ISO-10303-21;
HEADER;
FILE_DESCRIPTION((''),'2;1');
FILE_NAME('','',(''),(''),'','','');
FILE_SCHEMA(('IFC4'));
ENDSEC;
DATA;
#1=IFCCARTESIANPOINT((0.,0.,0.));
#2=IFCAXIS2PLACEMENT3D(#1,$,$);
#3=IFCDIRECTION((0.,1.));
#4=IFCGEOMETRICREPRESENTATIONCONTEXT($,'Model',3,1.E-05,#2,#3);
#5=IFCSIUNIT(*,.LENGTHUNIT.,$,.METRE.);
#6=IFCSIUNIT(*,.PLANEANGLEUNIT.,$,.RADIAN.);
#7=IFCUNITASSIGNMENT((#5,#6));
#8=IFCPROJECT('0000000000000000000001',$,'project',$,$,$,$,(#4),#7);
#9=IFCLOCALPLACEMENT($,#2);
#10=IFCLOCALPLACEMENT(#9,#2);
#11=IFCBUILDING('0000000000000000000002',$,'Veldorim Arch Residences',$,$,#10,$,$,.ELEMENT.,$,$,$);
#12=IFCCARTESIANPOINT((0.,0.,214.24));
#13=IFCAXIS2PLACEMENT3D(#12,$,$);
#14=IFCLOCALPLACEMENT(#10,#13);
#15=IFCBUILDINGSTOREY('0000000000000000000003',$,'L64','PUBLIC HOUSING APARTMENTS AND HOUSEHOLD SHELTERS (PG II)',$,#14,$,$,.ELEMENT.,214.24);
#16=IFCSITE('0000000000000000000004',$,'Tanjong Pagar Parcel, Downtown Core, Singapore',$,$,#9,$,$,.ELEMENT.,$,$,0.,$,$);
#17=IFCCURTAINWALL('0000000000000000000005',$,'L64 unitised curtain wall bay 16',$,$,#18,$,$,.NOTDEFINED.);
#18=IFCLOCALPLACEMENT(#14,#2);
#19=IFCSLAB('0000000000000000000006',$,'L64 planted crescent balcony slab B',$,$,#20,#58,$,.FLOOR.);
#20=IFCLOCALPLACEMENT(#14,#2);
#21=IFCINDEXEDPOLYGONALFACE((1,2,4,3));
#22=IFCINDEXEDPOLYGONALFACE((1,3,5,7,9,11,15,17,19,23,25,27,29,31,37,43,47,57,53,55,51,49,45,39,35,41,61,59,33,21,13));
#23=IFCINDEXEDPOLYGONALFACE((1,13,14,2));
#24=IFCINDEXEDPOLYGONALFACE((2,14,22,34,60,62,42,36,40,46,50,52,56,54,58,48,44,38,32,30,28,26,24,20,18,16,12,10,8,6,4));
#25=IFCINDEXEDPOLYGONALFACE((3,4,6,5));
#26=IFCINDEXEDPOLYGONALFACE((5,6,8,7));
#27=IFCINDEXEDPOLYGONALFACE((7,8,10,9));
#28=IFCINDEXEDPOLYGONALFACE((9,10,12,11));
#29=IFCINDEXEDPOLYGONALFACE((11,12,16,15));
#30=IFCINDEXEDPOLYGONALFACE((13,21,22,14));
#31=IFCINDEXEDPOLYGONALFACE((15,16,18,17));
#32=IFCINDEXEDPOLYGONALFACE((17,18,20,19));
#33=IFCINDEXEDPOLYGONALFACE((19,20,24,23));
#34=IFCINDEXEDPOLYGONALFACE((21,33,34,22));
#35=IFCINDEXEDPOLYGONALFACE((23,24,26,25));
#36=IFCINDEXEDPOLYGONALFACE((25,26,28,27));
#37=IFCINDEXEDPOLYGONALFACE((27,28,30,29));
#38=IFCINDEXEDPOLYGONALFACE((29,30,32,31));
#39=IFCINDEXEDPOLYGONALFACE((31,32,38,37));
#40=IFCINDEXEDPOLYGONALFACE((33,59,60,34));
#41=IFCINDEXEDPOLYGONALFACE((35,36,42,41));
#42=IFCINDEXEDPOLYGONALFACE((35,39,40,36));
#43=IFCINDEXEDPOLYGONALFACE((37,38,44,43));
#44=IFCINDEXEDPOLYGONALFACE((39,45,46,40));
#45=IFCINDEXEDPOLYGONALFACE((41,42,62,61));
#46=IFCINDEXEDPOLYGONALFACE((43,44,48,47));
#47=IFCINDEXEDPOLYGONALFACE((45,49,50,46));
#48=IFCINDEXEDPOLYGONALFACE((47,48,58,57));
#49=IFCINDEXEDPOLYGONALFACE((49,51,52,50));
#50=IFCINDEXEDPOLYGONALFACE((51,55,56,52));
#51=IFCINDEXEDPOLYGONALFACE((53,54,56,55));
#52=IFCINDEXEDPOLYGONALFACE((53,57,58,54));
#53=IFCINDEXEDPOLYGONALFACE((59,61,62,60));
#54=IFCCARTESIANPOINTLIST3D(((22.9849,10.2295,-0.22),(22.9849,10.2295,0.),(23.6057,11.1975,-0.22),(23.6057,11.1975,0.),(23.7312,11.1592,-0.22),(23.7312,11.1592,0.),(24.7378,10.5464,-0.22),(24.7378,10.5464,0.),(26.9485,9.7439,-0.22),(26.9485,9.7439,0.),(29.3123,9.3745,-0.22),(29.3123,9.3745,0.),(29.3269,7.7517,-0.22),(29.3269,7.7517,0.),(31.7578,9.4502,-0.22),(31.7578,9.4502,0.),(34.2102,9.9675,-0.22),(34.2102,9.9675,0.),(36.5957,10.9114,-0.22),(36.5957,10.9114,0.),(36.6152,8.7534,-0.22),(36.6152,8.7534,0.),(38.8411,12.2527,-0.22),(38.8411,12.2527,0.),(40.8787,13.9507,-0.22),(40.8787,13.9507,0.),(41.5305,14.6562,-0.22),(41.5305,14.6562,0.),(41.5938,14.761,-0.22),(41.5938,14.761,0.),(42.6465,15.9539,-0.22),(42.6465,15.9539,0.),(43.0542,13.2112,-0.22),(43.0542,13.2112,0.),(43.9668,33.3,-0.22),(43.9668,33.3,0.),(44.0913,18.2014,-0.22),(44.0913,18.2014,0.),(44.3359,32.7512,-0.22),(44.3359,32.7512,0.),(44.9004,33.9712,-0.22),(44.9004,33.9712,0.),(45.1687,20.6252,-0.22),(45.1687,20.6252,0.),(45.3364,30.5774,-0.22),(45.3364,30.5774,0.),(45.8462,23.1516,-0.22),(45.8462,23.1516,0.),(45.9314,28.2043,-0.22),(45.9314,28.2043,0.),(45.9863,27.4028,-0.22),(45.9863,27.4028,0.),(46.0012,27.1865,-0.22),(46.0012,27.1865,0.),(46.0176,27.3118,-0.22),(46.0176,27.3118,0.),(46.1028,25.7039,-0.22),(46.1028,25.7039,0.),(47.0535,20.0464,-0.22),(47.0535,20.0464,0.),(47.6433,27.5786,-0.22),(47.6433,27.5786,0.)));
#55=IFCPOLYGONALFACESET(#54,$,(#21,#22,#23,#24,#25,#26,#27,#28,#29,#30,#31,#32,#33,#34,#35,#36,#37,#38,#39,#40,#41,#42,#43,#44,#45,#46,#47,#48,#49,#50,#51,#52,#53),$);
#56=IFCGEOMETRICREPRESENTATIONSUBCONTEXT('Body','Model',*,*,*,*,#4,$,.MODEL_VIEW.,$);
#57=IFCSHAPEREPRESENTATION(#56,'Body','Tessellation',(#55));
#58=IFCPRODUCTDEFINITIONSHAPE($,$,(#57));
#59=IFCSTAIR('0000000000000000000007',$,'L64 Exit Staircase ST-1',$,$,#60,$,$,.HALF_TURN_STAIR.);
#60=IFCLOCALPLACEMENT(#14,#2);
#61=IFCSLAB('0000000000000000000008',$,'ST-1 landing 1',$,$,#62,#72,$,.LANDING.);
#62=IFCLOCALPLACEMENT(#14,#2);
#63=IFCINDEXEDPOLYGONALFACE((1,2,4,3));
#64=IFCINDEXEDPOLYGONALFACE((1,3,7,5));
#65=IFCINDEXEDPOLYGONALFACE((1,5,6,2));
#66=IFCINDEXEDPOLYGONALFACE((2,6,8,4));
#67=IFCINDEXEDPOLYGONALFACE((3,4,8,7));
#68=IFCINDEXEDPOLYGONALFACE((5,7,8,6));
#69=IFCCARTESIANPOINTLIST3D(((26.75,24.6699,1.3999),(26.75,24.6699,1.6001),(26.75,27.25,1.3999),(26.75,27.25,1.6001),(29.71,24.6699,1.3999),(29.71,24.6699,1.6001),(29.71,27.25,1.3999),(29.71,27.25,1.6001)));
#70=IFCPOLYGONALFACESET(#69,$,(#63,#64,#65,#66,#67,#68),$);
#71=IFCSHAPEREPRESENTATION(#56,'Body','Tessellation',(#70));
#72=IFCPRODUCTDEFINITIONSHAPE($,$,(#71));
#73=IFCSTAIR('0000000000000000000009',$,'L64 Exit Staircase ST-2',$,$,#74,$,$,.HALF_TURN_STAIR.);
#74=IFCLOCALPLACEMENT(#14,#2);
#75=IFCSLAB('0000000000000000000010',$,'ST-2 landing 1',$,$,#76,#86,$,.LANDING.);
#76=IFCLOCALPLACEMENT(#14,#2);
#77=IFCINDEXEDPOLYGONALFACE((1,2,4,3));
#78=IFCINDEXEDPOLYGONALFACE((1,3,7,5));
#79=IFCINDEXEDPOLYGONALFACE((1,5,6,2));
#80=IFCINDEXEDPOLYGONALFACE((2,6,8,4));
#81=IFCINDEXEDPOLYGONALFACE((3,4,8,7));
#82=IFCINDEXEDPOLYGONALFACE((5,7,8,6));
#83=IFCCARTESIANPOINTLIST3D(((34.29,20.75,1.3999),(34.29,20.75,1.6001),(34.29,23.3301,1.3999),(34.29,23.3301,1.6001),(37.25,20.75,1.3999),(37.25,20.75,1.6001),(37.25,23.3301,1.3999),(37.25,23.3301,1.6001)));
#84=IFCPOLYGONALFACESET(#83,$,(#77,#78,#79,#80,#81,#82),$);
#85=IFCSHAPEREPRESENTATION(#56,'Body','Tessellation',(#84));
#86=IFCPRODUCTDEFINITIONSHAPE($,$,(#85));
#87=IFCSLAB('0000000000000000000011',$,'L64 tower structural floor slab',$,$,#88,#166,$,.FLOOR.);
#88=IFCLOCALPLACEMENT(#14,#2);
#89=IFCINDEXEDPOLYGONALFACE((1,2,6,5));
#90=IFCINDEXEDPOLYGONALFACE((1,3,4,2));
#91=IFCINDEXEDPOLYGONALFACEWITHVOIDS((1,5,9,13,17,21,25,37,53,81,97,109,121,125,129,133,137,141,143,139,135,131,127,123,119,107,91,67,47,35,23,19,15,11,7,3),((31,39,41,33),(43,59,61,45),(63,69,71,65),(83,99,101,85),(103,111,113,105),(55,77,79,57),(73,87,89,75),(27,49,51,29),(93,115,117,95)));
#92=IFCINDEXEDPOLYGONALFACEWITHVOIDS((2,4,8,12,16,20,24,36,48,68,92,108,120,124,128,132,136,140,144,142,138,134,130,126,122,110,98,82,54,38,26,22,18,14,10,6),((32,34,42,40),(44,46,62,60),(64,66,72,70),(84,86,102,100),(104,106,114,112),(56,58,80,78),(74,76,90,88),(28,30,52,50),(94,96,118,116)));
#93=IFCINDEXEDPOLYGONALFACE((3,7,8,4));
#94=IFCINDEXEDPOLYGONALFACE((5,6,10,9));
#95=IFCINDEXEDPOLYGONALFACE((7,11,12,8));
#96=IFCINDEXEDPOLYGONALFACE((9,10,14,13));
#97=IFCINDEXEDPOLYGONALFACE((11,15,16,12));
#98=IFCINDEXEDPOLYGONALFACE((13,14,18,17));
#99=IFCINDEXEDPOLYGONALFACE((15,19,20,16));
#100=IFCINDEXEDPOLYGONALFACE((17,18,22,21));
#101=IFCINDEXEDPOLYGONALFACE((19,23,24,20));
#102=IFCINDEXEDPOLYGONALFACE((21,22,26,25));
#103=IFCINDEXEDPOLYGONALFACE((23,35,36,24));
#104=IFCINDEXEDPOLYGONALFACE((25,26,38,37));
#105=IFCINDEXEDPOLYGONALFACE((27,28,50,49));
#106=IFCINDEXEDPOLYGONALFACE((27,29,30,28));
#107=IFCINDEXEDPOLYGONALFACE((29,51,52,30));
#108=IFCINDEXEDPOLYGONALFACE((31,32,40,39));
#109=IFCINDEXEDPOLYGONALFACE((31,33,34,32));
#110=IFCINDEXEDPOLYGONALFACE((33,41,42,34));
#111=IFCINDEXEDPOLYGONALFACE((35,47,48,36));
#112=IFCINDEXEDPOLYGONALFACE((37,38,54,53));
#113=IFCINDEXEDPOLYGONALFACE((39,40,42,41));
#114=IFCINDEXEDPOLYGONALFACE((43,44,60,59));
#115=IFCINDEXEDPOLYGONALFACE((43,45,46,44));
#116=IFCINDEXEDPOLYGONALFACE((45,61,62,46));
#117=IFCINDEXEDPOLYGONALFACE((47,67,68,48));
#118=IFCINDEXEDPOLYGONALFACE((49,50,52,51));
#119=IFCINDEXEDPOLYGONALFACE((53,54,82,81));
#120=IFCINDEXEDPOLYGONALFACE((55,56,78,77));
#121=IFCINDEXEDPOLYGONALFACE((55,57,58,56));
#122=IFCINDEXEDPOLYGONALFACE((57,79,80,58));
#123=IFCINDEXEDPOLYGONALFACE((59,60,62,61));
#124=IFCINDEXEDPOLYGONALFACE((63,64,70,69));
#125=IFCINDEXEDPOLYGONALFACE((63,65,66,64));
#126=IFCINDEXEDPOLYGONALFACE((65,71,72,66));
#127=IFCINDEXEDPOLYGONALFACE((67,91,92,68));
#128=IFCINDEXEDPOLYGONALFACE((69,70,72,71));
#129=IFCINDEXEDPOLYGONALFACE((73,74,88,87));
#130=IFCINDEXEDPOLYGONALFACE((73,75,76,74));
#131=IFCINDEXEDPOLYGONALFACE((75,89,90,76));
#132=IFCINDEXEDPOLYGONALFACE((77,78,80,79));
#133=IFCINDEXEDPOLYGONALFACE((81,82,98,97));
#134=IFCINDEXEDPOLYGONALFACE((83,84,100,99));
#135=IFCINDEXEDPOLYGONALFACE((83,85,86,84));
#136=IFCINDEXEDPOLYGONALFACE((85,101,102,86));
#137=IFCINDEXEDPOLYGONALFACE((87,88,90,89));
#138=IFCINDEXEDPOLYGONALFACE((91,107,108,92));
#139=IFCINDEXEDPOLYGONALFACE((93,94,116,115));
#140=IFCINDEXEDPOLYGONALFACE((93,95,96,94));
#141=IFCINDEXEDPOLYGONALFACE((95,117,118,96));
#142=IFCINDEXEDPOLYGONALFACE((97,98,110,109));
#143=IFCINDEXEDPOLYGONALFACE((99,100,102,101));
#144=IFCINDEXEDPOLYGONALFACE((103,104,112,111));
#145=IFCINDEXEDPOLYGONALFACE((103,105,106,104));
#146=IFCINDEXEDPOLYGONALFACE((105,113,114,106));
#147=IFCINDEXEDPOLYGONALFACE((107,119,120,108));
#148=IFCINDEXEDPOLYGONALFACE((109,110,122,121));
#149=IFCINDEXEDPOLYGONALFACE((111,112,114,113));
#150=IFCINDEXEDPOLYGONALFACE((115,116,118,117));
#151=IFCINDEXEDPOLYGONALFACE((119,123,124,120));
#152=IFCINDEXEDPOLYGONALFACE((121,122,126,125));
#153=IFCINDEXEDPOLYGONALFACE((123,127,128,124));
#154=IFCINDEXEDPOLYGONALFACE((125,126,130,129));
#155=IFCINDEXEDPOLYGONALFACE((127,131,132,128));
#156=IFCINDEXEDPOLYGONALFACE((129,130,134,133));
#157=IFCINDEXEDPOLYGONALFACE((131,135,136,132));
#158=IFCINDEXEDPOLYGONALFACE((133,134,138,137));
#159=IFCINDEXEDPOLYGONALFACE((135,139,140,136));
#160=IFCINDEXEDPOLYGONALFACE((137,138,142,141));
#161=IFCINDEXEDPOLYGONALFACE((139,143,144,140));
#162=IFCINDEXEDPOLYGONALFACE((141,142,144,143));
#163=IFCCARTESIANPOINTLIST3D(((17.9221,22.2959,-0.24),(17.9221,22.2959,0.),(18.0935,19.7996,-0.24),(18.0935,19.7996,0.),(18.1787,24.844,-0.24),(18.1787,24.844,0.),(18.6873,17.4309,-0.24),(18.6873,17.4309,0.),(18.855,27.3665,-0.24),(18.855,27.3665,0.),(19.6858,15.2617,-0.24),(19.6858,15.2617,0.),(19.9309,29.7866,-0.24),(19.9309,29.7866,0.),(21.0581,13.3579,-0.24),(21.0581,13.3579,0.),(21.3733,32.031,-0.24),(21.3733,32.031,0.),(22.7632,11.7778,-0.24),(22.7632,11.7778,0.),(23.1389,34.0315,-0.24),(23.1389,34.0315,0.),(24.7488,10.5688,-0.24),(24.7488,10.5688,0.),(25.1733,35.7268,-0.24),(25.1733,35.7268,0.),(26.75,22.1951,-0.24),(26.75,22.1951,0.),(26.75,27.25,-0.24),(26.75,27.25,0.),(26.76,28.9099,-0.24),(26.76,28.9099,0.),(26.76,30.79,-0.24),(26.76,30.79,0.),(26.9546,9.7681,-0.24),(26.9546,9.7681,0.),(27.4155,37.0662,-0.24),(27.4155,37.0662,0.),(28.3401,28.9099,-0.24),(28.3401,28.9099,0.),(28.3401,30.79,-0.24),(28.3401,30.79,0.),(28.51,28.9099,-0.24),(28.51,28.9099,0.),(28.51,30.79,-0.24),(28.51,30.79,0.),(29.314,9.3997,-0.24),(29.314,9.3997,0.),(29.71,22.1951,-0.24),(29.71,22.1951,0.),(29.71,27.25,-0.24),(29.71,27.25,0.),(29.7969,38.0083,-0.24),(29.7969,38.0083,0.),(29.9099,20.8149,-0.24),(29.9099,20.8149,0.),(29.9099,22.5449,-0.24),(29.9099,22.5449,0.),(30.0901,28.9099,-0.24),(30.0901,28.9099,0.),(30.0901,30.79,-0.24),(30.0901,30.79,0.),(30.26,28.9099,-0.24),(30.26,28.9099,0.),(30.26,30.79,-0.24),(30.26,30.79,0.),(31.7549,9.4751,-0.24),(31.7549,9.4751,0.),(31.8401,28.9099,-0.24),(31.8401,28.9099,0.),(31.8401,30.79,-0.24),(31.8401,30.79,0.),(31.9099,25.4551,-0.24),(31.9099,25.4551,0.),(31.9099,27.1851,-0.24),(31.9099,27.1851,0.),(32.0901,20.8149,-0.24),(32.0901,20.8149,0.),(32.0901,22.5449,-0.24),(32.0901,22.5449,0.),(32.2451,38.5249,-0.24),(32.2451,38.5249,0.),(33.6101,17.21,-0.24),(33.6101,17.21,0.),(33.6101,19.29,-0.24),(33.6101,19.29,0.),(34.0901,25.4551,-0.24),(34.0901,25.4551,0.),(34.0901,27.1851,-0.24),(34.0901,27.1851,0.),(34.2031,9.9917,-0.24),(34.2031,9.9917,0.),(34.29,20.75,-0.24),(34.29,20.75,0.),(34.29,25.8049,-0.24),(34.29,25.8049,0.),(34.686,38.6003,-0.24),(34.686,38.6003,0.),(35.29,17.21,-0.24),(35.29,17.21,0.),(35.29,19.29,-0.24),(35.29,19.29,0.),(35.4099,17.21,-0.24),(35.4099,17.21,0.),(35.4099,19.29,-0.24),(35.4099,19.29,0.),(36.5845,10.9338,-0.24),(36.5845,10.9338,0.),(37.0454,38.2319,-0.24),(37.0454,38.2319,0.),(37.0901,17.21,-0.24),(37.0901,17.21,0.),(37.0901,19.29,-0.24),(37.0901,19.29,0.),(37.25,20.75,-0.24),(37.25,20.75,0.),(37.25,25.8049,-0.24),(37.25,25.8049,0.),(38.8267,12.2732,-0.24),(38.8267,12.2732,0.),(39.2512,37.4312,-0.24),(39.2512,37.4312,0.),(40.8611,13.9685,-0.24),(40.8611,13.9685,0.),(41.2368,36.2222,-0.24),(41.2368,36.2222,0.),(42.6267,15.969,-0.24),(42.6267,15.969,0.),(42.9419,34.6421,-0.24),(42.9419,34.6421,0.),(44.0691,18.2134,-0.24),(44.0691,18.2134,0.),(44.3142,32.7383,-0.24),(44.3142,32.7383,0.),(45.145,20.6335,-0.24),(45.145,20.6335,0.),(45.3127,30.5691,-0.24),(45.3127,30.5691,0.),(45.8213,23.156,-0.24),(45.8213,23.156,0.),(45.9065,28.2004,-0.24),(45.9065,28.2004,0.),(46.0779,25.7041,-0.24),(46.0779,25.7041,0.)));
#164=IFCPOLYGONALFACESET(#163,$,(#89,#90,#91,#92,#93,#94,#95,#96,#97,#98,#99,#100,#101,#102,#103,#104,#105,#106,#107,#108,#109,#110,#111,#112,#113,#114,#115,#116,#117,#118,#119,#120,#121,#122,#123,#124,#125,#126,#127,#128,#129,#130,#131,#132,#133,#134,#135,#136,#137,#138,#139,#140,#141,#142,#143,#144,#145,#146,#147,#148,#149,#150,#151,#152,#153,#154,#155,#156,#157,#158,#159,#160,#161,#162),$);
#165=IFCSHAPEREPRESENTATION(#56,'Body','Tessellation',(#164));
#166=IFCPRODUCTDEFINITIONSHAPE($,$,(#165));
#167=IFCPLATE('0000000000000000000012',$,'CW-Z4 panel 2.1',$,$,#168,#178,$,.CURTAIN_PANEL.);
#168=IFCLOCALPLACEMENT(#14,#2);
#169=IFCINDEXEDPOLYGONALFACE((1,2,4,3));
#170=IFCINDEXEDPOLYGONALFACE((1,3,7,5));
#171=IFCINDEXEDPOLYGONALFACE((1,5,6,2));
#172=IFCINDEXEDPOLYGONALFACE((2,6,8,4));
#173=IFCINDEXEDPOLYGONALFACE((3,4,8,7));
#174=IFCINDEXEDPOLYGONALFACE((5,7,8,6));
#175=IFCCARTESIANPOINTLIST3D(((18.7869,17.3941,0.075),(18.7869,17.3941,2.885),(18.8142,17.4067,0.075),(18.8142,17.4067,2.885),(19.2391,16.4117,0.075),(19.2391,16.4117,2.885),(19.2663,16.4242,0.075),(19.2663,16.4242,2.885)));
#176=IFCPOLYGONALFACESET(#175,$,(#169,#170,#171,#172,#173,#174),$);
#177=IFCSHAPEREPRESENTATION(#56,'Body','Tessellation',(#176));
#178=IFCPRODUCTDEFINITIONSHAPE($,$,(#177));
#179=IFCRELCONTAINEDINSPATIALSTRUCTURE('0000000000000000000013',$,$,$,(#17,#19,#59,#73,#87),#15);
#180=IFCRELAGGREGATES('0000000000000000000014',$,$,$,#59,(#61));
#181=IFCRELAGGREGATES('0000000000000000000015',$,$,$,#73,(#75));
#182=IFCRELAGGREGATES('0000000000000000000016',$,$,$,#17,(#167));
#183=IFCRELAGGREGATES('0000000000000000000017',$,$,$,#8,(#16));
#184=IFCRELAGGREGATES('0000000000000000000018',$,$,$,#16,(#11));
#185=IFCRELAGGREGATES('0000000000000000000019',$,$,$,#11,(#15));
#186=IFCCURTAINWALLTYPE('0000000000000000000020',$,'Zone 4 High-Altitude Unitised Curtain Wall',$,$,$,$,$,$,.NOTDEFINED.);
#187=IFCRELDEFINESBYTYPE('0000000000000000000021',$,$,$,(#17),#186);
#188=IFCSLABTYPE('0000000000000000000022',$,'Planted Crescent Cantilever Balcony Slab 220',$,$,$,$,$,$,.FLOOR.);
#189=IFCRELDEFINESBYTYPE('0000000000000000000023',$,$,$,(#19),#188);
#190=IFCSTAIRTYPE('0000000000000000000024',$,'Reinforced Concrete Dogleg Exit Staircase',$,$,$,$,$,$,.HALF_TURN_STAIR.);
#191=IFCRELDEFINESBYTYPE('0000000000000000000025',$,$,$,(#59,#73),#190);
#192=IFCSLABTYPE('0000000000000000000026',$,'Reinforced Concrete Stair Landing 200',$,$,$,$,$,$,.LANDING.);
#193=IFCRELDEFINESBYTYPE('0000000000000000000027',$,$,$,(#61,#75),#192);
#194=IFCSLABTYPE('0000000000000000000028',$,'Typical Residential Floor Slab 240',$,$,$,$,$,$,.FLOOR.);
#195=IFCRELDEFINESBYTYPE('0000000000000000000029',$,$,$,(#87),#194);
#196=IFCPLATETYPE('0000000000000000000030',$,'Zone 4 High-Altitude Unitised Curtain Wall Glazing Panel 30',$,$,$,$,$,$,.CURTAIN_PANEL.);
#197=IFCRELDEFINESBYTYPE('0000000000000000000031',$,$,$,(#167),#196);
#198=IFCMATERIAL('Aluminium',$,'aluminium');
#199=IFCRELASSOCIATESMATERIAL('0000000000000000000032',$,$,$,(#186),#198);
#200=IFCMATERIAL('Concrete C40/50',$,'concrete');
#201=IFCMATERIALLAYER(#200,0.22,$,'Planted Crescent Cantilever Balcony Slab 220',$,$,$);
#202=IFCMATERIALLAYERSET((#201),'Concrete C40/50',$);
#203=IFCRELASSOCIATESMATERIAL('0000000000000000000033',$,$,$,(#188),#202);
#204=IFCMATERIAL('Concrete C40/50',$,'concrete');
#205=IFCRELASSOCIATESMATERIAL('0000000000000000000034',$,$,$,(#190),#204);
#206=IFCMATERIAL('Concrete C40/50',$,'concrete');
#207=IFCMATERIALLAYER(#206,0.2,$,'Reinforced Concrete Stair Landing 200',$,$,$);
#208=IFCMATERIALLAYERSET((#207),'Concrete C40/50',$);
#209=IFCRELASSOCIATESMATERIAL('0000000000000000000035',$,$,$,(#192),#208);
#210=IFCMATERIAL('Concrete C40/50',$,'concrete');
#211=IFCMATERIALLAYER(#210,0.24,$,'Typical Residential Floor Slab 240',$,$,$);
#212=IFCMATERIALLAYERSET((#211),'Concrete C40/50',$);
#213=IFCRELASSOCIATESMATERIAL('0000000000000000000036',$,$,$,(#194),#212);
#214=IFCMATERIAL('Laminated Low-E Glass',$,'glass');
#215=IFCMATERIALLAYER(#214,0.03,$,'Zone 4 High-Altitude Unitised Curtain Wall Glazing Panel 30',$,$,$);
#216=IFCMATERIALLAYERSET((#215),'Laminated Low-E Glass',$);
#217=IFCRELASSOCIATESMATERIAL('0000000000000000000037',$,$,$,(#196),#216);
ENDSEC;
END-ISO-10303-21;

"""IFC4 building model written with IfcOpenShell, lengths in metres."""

from ifc_helpers import new_model, si_unit, direction, frame, origin, origin_2d, place, context, subcontext, project, spatial, polyline, rectangle, outline, extrude, material, layer, layer_set, type_object, element, aggregate, save


model = new_model("IFC4")

# Units and contexts
model_context = context("Model", 3, precision=1e-05, world=origin(), true_north=direction((0.0, 1.0)))
body_context = subcontext(model_context, "Body", "Model", "MODEL_VIEW")
ifc_project = project(units=[si_unit("LENGTHUNIT", "METRE"), si_unit("PLANEANGLEUNIT", "RADIAN")], contexts=[model_context])

# Site, building, storey
site_placement = place(None, origin())
site = spatial("IfcSite", under=ifc_project, at=site_placement, Name="Tanjong Pagar Parcel, Downtown Core, Singapore", CompositionType="ELEMENT", RefElevation=0.0)
building_placement = place(site_placement, origin())
building = spatial("IfcBuilding", under=site, at=building_placement, Name="Veldorim Arch Residences", CompositionType="ELEMENT")
storey_placement = place(building_placement, frame((0.0, 0.0, 214.24)))
storey = spatial("IfcBuildingStorey", under=building, at=storey_placement, Name="L64", Description="PUBLIC HOUSING APARTMENTS AND HOUSEHOLD SHELTERS (PG II)", CompositionType="ELEMENT", Elevation=214.24)

# Curtain wall
ifc_material_1 = material(Name="Aluminium", Category="aluminium")
curtain_wall_type = type_object("IfcCurtainWallType", Name="Zone 4 High-Altitude Unitised Curtain Wall", PredefinedType="NOTDEFINED", material=ifc_material_1)
curtain_wall_placement = place(storey_placement, origin())
curtain_wall = element("IfcCurtainWall", 1, at=curtain_wall_placement, inside=storey, type_object=curtain_wall_type, Name="L64 unitised curtain wall bay 16", PredefinedType="NOTDEFINED")

# Slab
ifc_material_2 = material(Name="Concrete C40/50", Category="concrete")
ifc_layer_1 = layer(ifc_material_2, 0.22, Name="Planted Crescent Cantilever Balcony Slab 220")
ifc_layer_set_1 = layer_set([ifc_layer_1], Name="Concrete C40/50")
slab_type_1 = type_object("IfcSlabType", Name="Planted Crescent Cantilever Balcony Slab 220", PredefinedType="FLOOR", material=ifc_layer_set_1)
slab_1_placement = place(storey_placement, frame((0.0, 0.0, -0.22)))
element("IfcSlab", 2, at=slab_1_placement, inside=storey, type_object=slab_type_1, Name="L64 planted crescent balcony slab B", PredefinedType="FLOOR", context=body_context, shape_type="SweptSolid", body=[
    extrude(outline(polyline([(23.7312, 11.1592), (24.7378, 10.5464), (26.9485, 9.7439), (29.3123, 9.3745), (31.7578, 9.4502), (34.2102, 9.9675), (36.5957, 10.9114), (38.8411, 12.2527), (40.8787, 13.9507), (41.5305, 14.6562), (41.5938, 14.761), (42.6465, 15.9539), (44.0913, 18.2014), (45.1687, 20.6252), (45.8462, 23.1516), (46.1028, 25.7039), (46.0012, 27.1865), (46.0176, 27.3118), (45.9863, 27.4028), (45.9314, 28.2043), (45.3364, 30.5774), (44.3359, 32.7512), (43.9668, 33.3), (44.9004, 33.9712), (47.6433, 27.5786), (47.0535, 20.0464), (43.0542, 13.2112), (36.6152, 8.7534), (29.3269, 7.7517), (22.9849, 10.2295), (23.6057, 11.1975), (23.7312, 11.1592)])), origin(), (0.0, 0.0, 1.0), 0.22),
])

# Stairs, slabs
ifc_material_3 = material(Name="Concrete C40/50", Category="concrete")
stair_type = type_object("IfcStairType", Name="Reinforced Concrete Dogleg Exit Staircase", PredefinedType="HALF_TURN_STAIR", material=ifc_material_3)
stair_1_placement = place(storey_placement, origin())
stair_1 = element("IfcStair", 3, at=stair_1_placement, inside=storey, type_object=stair_type, Name="L64 Exit Staircase ST-1", PredefinedType="HALF_TURN_STAIR")
ifc_material_4 = material(Name="Concrete C40/50", Category="concrete")
ifc_layer_2 = layer(ifc_material_4, 0.2, Name="Reinforced Concrete Stair Landing 200")
ifc_layer_set_2 = layer_set([ifc_layer_2], Name="Concrete C40/50")
slab_type_2 = type_object("IfcSlabType", Name="Reinforced Concrete Stair Landing 200", PredefinedType="LANDING", material=ifc_layer_set_2)
slab_2_placement = place(storey_placement, frame((0.0, 0.0, 1.3999)))
slab_2 = element("IfcSlab", 4, at=slab_2_placement, type_object=slab_type_2, Name="ST-1 landing 1", PredefinedType="LANDING", context=body_context, shape_type="SweptSolid", body=[
    extrude(outline(polyline([(29.71, 24.6699), (29.71, 27.25), (26.75, 27.25), (26.75, 24.6699), (29.71, 24.6699)])), origin(), (0.0, 0.0, 1.0), 0.2002),
])
aggregate(stair_1, [slab_2])
stair_2_placement = place(storey_placement, origin())
stair_2 = element("IfcStair", 5, at=stair_2_placement, inside=storey, type_object=stair_type, Name="L64 Exit Staircase ST-2", PredefinedType="HALF_TURN_STAIR")
slab_3_placement = place(storey_placement, frame((0.0, 0.0, 1.3999)))
slab_3 = element("IfcSlab", 6, at=slab_3_placement, type_object=slab_type_2, Name="ST-2 landing 1", PredefinedType="LANDING", context=body_context, shape_type="SweptSolid", body=[
    extrude(outline(polyline([(34.29, 23.3301), (34.29, 20.75), (37.25, 20.75), (37.25, 23.3301), (34.29, 23.3301)])), origin(), (0.0, 0.0, 1.0), 0.2002),
])
aggregate(stair_2, [slab_3])

# Slab
ifc_material_5 = material(Name="Concrete C40/50", Category="concrete")
ifc_layer_3 = layer(ifc_material_5, 0.24, Name="Typical Residential Floor Slab 240")
ifc_layer_set_3 = layer_set([ifc_layer_3], Name="Concrete C40/50")
slab_type_3 = type_object("IfcSlabType", Name="Typical Residential Floor Slab 240", PredefinedType="FLOOR", material=ifc_layer_set_3)
slab_4_placement = place(storey_placement, frame((0.0, 0.0, -0.24)))
element("IfcSlab", 7, at=slab_4_placement, inside=storey, type_object=slab_type_3, Name="L64 tower structural floor slab", PredefinedType="FLOOR", context=body_context, shape_type="SweptSolid", body=[
    extrude(outline(polyline([(41.2368, 36.2222), (39.2512, 37.4312), (37.0454, 38.2319), (34.686, 38.6003), (32.2451, 38.5249), (29.7969, 38.0083), (27.4155, 37.0662), (25.1733, 35.7268), (23.1389, 34.0315), (21.3733, 32.031), (19.9309, 29.7866), (18.855, 27.3665), (18.1787, 24.844), (17.9221, 22.2959), (18.0935, 19.7996), (18.6873, 17.4309), (19.6858, 15.2617), (21.0581, 13.3579), (22.7632, 11.7778), (24.7488, 10.5688), (26.9546, 9.7681), (29.314, 9.3997), (31.7549, 9.4751), (34.2031, 9.9917), (36.5845, 10.9338), (38.8267, 12.2732), (40.8611, 13.9685), (42.6267, 15.969), (44.0691, 18.2134), (45.145, 20.6335), (45.8213, 23.156), (46.0779, 25.7041), (45.9065, 28.2004), (45.3127, 30.5691), (44.3142, 32.7383), (42.9419, 34.6421), (41.2368, 36.2222)]), holes=[polyline([(33.6101, 17.21), (33.6101, 19.29), (35.29, 19.29), (35.29, 17.21), (33.6101, 17.21)]), polyline([(35.4099, 17.21), (35.4099, 19.29), (37.0901, 19.29), (37.0901, 17.21), (35.4099, 17.21)]), polyline([(29.9099, 20.8149), (29.9099, 22.5449), (32.0901, 22.5449), (32.0901, 20.8149), (29.9099, 20.8149)]), polyline([(34.29, 20.75), (34.29, 25.8049), (37.25, 25.8049), (37.25, 20.75), (34.29, 20.75)]), polyline([(26.75, 22.1951), (26.75, 27.25), (29.71, 27.25), (29.71, 22.1951), (26.75, 22.1951)]), polyline([(31.9099, 25.4551), (31.9099, 27.1851), (34.0901, 27.1851), (34.0901, 25.4551), (31.9099, 25.4551)]), polyline([(26.76, 28.9099), (26.76, 30.79), (28.3401, 30.79), (28.3401, 28.9099), (26.76, 28.9099)]), polyline([(28.51, 30.79), (30.0901, 30.79), (30.0901, 28.9099), (28.51, 28.9099), (28.51, 30.79)]), polyline([(30.26, 30.79), (31.8401, 30.79), (31.8401, 28.9099), (30.26, 28.9099), (30.26, 30.79)])]), origin(), (0.0, 0.0, 1.0), 0.24),
])

# Plate
ifc_material_6 = material(Name="Laminated Low-E Glass", Category="glass")
ifc_layer_4 = layer(ifc_material_6, 0.03, Name="Zone 4 High-Altitude Unitised Curtain Wall Glazing Panel 30")
ifc_layer_set_4 = layer_set([ifc_layer_4], Name="Laminated Low-E Glass")
plate_type = type_object("IfcPlateType", Name="Zone 4 High-Altitude Unitised Curtain Wall Glazing Panel 30", PredefinedType="CURTAIN_PANEL", material=ifc_layer_set_4)
plate_placement = place(storey_placement, frame((19.0266, 16.9092, 0.075), z_axis=(0.0, 0.0, 1.0), x_axis=(-0.418102, 0.9084, 0.0)))
plate = element("IfcPlate", 8, at=plate_placement, type_object=plate_type, Name="CW-Z4 panel 2.1", PredefinedType="CURTAIN_PANEL", context=body_context, shape_type="SweptSolid", body=[
    extrude(rectangle(XDim=1.0815, YDim=0.03, at=origin_2d()), origin(), (0.0, 0.0, 1.0), 2.8101),
])
aggregate(curtain_wall, [plate])

save(model, "model.ifc")
